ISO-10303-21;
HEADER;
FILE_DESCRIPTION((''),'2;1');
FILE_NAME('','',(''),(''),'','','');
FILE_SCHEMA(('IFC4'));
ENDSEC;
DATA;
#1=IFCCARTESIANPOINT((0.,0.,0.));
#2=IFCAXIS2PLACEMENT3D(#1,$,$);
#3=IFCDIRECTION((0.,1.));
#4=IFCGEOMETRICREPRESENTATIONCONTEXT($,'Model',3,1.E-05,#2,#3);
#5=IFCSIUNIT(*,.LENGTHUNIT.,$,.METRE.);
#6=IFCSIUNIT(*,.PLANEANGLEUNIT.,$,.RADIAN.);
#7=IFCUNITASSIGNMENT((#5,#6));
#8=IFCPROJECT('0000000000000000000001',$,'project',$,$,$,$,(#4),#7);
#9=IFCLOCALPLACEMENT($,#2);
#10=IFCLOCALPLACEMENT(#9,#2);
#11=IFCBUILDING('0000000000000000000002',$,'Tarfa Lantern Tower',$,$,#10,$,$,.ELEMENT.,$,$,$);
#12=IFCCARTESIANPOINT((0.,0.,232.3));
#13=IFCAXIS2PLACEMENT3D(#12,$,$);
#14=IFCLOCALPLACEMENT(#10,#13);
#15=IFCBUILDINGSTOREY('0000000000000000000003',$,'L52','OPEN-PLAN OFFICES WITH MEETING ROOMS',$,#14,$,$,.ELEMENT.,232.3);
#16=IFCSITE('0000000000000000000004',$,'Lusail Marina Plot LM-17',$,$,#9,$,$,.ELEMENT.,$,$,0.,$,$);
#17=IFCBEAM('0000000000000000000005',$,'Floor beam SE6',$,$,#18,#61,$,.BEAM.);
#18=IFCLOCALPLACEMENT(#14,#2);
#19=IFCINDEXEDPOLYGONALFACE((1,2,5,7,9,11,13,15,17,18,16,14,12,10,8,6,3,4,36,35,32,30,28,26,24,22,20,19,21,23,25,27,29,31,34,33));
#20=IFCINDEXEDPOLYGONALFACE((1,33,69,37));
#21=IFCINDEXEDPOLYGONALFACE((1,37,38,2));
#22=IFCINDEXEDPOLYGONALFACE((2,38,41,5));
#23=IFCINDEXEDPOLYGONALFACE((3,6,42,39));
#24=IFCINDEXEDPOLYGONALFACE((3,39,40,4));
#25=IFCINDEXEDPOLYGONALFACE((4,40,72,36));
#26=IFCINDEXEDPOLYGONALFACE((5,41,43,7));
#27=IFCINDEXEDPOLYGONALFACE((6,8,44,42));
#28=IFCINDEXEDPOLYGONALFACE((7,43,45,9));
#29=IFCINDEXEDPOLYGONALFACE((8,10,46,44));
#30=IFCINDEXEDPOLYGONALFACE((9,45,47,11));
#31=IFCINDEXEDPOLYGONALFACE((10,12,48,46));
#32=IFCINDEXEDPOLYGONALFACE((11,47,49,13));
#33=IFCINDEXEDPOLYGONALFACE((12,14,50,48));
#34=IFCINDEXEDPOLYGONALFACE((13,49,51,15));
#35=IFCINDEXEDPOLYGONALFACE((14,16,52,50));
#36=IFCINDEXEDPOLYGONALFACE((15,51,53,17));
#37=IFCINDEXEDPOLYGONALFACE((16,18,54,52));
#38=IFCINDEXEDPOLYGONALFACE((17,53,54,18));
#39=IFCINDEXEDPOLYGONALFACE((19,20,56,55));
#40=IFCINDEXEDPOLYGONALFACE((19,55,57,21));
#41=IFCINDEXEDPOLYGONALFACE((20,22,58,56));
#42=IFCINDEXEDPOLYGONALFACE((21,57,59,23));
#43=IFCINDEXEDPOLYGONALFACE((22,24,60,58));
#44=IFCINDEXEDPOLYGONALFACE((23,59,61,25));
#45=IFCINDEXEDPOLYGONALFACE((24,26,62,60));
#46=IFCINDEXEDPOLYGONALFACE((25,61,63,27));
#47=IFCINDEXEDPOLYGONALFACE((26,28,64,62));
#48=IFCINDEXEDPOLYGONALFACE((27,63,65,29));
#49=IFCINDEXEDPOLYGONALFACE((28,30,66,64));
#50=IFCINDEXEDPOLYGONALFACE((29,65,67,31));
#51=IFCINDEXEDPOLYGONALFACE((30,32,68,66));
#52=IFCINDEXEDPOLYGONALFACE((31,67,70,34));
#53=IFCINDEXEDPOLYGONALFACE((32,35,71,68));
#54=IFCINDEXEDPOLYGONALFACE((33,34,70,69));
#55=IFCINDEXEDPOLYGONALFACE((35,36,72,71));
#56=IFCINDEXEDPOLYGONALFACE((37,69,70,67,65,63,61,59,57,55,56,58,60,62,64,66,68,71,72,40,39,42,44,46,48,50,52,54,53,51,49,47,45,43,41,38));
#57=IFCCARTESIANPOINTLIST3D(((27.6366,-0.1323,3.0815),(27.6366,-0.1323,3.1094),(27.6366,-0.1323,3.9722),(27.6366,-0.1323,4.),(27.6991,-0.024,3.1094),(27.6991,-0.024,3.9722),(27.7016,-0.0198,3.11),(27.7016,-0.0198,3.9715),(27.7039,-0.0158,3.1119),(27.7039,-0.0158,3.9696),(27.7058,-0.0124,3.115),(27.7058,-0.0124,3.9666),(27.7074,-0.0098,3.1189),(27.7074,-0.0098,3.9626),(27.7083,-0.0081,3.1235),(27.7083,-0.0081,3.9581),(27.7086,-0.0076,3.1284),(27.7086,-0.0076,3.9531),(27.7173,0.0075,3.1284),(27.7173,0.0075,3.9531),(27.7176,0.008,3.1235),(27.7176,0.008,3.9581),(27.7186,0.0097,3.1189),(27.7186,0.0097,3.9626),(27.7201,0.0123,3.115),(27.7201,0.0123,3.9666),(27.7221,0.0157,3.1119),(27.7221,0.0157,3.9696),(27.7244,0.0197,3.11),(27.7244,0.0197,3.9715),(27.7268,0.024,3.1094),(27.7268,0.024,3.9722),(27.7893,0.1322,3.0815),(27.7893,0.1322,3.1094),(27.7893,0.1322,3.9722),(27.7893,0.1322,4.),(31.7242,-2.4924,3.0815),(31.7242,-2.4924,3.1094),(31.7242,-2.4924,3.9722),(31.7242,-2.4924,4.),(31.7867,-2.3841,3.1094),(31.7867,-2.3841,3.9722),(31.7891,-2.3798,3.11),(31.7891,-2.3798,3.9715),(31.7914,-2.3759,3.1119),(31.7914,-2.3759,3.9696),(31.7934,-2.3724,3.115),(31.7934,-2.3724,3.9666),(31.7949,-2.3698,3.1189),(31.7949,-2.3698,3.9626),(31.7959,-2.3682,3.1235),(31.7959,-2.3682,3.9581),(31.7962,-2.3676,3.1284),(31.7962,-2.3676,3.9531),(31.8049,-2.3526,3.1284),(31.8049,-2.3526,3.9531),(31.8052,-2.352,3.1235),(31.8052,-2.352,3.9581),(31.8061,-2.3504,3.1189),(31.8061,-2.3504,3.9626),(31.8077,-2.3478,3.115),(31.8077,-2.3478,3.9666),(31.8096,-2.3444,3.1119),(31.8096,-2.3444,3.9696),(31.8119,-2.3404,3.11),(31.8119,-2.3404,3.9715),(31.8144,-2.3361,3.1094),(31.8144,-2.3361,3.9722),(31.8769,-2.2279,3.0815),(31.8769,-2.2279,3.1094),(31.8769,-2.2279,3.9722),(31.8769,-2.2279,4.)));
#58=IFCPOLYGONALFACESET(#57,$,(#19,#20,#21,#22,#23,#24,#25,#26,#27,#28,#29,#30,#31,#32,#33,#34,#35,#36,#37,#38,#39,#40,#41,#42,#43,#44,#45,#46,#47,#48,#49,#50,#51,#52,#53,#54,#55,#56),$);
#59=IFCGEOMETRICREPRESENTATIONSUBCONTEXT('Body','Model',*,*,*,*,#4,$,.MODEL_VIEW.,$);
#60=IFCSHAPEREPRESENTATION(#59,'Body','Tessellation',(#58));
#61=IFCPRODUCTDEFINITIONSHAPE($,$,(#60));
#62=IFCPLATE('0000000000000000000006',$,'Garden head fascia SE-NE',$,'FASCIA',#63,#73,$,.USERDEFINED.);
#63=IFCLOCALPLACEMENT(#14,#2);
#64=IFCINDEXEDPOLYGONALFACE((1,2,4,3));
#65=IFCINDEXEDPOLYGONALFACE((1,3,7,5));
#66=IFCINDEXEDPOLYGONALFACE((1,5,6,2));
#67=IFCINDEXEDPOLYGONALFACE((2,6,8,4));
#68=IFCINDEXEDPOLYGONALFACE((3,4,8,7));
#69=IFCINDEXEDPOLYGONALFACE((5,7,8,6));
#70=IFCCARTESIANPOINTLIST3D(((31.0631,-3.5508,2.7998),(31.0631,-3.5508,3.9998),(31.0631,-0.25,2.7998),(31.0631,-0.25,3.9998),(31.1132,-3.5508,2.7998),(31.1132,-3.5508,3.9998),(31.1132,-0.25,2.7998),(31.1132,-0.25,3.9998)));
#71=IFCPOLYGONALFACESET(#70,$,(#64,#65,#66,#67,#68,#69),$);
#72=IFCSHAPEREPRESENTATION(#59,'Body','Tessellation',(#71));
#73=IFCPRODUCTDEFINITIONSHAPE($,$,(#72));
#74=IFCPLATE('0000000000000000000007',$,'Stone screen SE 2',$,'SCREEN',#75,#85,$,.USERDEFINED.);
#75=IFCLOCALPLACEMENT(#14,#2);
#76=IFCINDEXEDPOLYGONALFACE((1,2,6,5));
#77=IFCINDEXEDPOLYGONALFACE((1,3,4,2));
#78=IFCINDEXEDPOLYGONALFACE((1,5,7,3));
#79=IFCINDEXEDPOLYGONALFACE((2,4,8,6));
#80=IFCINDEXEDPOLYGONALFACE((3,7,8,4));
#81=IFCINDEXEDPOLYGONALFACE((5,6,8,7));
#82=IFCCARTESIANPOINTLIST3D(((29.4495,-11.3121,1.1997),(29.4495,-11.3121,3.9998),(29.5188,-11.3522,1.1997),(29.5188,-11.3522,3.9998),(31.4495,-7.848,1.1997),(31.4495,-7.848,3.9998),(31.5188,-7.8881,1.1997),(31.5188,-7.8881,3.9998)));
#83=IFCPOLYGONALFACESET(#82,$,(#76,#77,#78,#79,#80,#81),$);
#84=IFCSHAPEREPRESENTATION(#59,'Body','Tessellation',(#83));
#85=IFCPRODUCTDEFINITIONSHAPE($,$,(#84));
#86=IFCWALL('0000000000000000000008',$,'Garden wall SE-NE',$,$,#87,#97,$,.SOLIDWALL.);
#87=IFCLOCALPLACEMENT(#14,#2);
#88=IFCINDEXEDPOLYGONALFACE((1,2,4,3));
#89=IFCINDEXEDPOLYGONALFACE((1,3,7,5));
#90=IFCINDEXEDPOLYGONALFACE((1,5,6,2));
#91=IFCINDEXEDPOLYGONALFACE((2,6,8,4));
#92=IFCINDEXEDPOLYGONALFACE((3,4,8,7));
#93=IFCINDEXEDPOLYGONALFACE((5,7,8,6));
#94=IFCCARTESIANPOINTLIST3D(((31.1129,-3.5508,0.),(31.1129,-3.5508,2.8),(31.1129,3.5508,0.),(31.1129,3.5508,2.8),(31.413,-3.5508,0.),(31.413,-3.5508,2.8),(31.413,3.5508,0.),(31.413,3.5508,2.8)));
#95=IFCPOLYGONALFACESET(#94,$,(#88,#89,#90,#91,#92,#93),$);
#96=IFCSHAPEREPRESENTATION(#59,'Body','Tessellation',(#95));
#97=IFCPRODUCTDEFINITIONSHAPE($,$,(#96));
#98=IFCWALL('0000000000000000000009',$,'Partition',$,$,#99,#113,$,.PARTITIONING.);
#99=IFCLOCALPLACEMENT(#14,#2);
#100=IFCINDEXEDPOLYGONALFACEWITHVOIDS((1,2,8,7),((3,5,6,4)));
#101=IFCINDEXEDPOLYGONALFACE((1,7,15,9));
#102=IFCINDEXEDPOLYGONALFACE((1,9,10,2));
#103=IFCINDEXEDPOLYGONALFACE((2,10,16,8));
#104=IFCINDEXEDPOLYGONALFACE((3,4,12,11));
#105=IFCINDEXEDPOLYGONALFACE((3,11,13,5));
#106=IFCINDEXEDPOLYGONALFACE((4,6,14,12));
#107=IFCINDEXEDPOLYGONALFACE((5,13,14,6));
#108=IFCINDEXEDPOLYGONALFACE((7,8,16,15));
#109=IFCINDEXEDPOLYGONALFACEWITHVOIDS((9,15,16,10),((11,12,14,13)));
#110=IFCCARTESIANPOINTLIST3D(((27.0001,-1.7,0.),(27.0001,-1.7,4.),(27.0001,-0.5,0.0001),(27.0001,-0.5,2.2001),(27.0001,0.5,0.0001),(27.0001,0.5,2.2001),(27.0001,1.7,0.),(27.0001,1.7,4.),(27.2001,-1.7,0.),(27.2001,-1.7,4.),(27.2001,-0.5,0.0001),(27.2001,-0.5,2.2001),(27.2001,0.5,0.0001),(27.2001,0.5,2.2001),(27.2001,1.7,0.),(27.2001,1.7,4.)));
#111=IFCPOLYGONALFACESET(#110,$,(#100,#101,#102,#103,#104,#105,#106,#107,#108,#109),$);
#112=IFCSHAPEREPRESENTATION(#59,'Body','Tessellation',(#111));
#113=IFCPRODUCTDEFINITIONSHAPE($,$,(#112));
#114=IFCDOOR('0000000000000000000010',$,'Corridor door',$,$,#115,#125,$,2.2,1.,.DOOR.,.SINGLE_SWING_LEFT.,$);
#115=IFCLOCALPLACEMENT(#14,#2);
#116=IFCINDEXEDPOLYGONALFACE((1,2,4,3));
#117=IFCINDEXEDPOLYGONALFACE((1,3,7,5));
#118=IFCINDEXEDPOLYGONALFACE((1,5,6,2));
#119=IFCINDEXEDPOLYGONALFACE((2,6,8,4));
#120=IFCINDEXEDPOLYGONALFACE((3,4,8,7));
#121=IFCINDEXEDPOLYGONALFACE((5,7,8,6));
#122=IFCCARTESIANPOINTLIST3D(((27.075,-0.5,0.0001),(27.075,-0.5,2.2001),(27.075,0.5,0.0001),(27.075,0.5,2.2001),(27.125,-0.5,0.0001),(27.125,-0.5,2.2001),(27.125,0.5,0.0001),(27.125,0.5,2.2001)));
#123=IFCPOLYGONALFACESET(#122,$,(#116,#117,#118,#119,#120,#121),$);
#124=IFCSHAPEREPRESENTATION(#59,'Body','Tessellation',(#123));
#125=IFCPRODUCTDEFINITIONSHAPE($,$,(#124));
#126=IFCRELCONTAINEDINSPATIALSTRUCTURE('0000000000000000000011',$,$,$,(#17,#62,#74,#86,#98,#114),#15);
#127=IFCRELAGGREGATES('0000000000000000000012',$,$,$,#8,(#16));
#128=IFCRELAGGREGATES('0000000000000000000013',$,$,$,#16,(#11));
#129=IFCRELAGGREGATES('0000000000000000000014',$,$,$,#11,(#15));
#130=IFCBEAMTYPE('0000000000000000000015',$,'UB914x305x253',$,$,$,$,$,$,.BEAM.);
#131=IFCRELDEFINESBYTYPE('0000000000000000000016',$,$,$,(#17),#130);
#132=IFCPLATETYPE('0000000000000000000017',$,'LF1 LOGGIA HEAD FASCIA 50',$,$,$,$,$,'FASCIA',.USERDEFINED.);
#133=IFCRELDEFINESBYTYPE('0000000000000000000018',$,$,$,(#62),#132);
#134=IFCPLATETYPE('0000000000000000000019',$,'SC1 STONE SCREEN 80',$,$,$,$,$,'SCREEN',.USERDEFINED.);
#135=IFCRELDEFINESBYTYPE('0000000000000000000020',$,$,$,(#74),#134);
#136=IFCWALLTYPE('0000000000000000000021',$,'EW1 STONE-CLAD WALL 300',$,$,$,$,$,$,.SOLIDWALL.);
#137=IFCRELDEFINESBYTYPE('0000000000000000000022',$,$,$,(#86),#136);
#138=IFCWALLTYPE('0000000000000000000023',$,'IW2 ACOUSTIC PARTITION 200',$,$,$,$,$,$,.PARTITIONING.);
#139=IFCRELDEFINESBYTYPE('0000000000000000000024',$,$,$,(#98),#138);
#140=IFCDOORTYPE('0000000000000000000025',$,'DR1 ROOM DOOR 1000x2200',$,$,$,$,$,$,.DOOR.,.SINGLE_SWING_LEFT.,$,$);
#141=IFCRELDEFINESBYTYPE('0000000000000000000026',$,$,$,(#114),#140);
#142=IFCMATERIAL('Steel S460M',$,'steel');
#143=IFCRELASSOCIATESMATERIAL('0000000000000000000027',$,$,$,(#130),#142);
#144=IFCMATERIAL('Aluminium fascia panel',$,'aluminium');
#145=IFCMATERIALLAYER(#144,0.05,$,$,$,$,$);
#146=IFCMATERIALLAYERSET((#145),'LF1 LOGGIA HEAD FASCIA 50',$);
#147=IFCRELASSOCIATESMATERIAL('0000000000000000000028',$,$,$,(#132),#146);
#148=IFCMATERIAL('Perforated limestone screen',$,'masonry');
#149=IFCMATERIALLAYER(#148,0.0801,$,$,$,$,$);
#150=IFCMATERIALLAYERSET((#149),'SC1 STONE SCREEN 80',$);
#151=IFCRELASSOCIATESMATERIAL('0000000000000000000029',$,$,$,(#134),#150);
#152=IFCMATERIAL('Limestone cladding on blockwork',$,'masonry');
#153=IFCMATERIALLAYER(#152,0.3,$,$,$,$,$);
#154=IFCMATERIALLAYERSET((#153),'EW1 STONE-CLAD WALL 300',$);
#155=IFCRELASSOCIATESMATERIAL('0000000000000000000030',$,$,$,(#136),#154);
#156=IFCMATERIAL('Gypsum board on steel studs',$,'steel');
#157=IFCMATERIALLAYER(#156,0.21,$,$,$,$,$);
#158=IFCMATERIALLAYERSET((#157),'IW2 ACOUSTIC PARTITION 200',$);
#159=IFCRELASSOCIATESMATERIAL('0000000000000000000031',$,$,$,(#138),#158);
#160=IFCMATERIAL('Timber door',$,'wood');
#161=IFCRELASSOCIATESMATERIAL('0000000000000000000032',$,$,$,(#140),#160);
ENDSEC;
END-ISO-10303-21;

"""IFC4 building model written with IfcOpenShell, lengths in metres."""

from ifc_helpers import new_model, si_unit, direction, frame, frame_2d, origin, origin_2d, place, context, subcontext, project, spatial, rectangle, i_section, extrude, material, layer, layer_set, material_profile, profile_set, type_object, element, fill, save


model = new_model("IFC4")

# Units and contexts
model_context = context("Model", 3, precision=1e-05, world=origin(), true_north=direction((0.0, 1.0)))
body_context = subcontext(model_context, "Body", "Model", "MODEL_VIEW")
ifc_project = project(units=[si_unit("LENGTHUNIT", "METRE"), si_unit("PLANEANGLEUNIT", "RADIAN")], contexts=[model_context])

# Site, building, storey
site_placement = place(None, origin())
site = spatial("IfcSite", under=ifc_project, at=site_placement, Name="Lusail Marina Plot LM-17", CompositionType="ELEMENT", RefElevation=0.0)
building_placement = place(site_placement, origin())
building = spatial("IfcBuilding", under=site, at=building_placement, Name="Tarfa Lantern Tower", CompositionType="ELEMENT")
storey_placement = place(building_placement, frame((0.0, 0.0, 232.3)))
storey = spatial("IfcBuildingStorey", under=building, at=storey_placement, Name="L52", Description="OPEN-PLAN OFFICES WITH MEETING ROOMS", CompositionType="ELEMENT", Elevation=232.3)

# Beam
ifc_material_1 = material(Name="Steel S460M", Category="steel")
ifc_material_profile_1 = material_profile(ifc_material_1, i_section(OverallWidth=0.3054, OverallDepth=0.9185, WebThickness=0.0173, FlangeThickness=0.0278, FilletRadius=0.019, at=origin_2d()), Name="UB914x305x253")
ifc_profile_set_1 = profile_set([ifc_material_profile_1], Name="Steel S460M")
beam_type_1 = type_object("IfcBeamType", Name="UB914x305x253", PredefinedType="BEAM", material=ifc_profile_set_1)
beam_1_placement = place(storey_placement, frame((31.8005, -2.3601, 3.5408), z_axis=(-0.866016, 0.500016, 0.0), x_axis=(-0.500016, -0.866016, 0.0)))
element("IfcBeam", 1, at=beam_1_placement, inside=storey, type_object=beam_type_1, Name="Floor beam SE6", PredefinedType="BEAM", context=body_context, shape_type="SweptSolid", body=[
    extrude(i_section(OverallWidth=0.3054, OverallDepth=0.9185, WebThickness=0.0173, FlangeThickness=0.0278, FilletRadius=0.019, at=origin_2d()), origin(), (0.0, 0.0, 1.0), 4.72),
])

# Plates
ifc_material_2 = material(Name="Aluminium fascia panel", Category="aluminium")
ifc_layer_1 = layer(ifc_material_2, 0.05)
ifc_layer_set_1 = layer_set([ifc_layer_1], Name="LF1 LOGGIA HEAD FASCIA 50")
plate_type_1 = type_object("IfcPlateType", Name="LF1 LOGGIA HEAD FASCIA 50", ElementType="FASCIA", PredefinedType="USERDEFINED", material=ifc_layer_set_1)
plate_1_placement = place(storey_placement, frame((31.0881, -1.9004, 2.7998), z_axis=(0.0, 0.0, 1.0), x_axis=(0.0, 1.0, 0.0)))
element("IfcPlate", 2, at=plate_1_placement, inside=storey, type_object=plate_type_1, Name="Garden head fascia SE-NE", ObjectType="FASCIA", PredefinedType="USERDEFINED", context=body_context, shape_type="SweptSolid", body=[
    extrude(rectangle(XDim=3.3008, YDim=0.05, at=origin_2d()), origin(), (0.0, 0.0, 1.0), 1.2),
])
ifc_material_3 = material(Name="Perforated limestone screen", Category="masonry")
ifc_layer_2 = layer(ifc_material_3, 0.0801)
ifc_layer_set_2 = layer_set([ifc_layer_2], Name="SC1 STONE SCREEN 80")
plate_type_2 = type_object("IfcPlateType", Name="SC1 STONE SCREEN 80", ElementType="SCREEN", PredefinedType="USERDEFINED", material=ifc_layer_set_2)
plate_2_placement = place(storey_placement, frame((30.4841, -9.6001, 1.1997), z_axis=(0.0, 0.0, 1.0), x_axis=(0.5, 0.866025, 0.0)))
element("IfcPlate", 3, at=plate_2_placement, inside=storey, type_object=plate_type_2, Name="Stone screen SE 2", ObjectType="SCREEN", PredefinedType="USERDEFINED", context=body_context, shape_type="SweptSolid", body=[
    extrude(rectangle(XDim=4.0, YDim=0.0801, at=origin_2d()), origin(), (0.0, 0.0, 1.0), 2.8),
])

# Wall
ifc_material_4 = material(Name="Limestone cladding on blockwork", Category="masonry")
ifc_layer_3 = layer(ifc_material_4, 0.3)
ifc_layer_set_3 = layer_set([ifc_layer_3], Name="EW1 STONE-CLAD WALL 300")
wall_type_1 = type_object("IfcWallType", Name="EW1 STONE-CLAD WALL 300", PredefinedType="SOLIDWALL", material=ifc_layer_set_3)
wall_1_placement = place(storey_placement, frame((31.2629, -3.5508, 0.0), z_axis=(0.0, 0.0, 1.0), x_axis=(0.0, 1.0, 0.0)))
element("IfcWall", 4, at=wall_1_placement, inside=storey, type_object=wall_type_1, Name="Garden wall SE-NE", PredefinedType="SOLIDWALL", context=body_context, shape_type="SweptSolid", body=[
    extrude(rectangle(XDim=7.1016, YDim=0.3, at=frame_2d((3.5508, 0.0))), origin(), (0.0, 0.0, 1.0), 2.8),
])

# Wall, opening, door
ifc_material_5 = material(Name="Gypsum board on steel studs", Category="steel")
ifc_layer_4 = layer(ifc_material_5, 0.21)
ifc_layer_set_4 = layer_set([ifc_layer_4], Name="IW2 ACOUSTIC PARTITION 200")
wall_type_2 = type_object("IfcWallType", Name="IW2 ACOUSTIC PARTITION 200", PredefinedType="PARTITIONING", material=ifc_layer_set_4)
wall_2_placement = place(storey_placement, frame((27.1001, -1.7, 0.0), z_axis=(0.0, 0.0, 1.0), x_axis=(0.0, 1.0, 0.0)))
wall_2 = element("IfcWall", 5, at=wall_2_placement, inside=storey, type_object=wall_type_2, Name="Partition", PredefinedType="PARTITIONING", context=body_context, shape_type="SweptSolid", body=[
    extrude(rectangle(XDim=3.3999, YDim=0.2, at=frame_2d((1.7, 0.0))), origin(), (0.0, 0.0, 1.0), 4.0),
])
opening_placement = place(wall_2_placement, frame((1.2, 0.0, 0.0)))
opening = element("IfcOpeningElement", 6, at=opening_placement, cuts=wall_2, PredefinedType="OPENING", context=body_context, shape_type="SweptSolid", body=[
    extrude(rectangle(XDim=1.0, YDim=2.2, at=frame_2d((0.5, 1.1001))), frame((0.0, 0.1099, 0.0), z_axis=(0.0, -1.0, 0.0), x_axis=(1.0, 0.0, 0.0)), (0.0, 0.0, 1.0), 0.22),
])
ifc_material_6 = material(Name="Timber door", Category="wood")
door_type = type_object("IfcDoorType", Name="DR1 ROOM DOOR 1000x2200", OperationType="SINGLE_SWING_LEFT", PredefinedType="DOOR", material=ifc_material_6)
door_placement = place(opening_placement, frame((1.0, 0.0, 0.0), z_axis=(0.0, 0.0, 1.0), x_axis=(-1.0, 0.0, 0.0)))
door = element("IfcDoor", 7, at=door_placement, inside=storey, type_object=door_type, Name="Corridor door", OperationType="SINGLE_SWING_LEFT", OverallHeight=2.2, OverallWidth=1.0, PredefinedType="DOOR", context=body_context, shape_type="SweptSolid", body=[
    extrude(rectangle(XDim=1.0, YDim=2.2, at=frame_2d((0.5, 1.1001))), frame((0.0, 0.0249, 0.0), z_axis=(0.0, -1.0, 0.0), x_axis=(1.0, 0.0, 0.0)), (0.0, 0.0, 1.0), 0.05),
])
fill(opening, door)

save(model, "model.ifc")
